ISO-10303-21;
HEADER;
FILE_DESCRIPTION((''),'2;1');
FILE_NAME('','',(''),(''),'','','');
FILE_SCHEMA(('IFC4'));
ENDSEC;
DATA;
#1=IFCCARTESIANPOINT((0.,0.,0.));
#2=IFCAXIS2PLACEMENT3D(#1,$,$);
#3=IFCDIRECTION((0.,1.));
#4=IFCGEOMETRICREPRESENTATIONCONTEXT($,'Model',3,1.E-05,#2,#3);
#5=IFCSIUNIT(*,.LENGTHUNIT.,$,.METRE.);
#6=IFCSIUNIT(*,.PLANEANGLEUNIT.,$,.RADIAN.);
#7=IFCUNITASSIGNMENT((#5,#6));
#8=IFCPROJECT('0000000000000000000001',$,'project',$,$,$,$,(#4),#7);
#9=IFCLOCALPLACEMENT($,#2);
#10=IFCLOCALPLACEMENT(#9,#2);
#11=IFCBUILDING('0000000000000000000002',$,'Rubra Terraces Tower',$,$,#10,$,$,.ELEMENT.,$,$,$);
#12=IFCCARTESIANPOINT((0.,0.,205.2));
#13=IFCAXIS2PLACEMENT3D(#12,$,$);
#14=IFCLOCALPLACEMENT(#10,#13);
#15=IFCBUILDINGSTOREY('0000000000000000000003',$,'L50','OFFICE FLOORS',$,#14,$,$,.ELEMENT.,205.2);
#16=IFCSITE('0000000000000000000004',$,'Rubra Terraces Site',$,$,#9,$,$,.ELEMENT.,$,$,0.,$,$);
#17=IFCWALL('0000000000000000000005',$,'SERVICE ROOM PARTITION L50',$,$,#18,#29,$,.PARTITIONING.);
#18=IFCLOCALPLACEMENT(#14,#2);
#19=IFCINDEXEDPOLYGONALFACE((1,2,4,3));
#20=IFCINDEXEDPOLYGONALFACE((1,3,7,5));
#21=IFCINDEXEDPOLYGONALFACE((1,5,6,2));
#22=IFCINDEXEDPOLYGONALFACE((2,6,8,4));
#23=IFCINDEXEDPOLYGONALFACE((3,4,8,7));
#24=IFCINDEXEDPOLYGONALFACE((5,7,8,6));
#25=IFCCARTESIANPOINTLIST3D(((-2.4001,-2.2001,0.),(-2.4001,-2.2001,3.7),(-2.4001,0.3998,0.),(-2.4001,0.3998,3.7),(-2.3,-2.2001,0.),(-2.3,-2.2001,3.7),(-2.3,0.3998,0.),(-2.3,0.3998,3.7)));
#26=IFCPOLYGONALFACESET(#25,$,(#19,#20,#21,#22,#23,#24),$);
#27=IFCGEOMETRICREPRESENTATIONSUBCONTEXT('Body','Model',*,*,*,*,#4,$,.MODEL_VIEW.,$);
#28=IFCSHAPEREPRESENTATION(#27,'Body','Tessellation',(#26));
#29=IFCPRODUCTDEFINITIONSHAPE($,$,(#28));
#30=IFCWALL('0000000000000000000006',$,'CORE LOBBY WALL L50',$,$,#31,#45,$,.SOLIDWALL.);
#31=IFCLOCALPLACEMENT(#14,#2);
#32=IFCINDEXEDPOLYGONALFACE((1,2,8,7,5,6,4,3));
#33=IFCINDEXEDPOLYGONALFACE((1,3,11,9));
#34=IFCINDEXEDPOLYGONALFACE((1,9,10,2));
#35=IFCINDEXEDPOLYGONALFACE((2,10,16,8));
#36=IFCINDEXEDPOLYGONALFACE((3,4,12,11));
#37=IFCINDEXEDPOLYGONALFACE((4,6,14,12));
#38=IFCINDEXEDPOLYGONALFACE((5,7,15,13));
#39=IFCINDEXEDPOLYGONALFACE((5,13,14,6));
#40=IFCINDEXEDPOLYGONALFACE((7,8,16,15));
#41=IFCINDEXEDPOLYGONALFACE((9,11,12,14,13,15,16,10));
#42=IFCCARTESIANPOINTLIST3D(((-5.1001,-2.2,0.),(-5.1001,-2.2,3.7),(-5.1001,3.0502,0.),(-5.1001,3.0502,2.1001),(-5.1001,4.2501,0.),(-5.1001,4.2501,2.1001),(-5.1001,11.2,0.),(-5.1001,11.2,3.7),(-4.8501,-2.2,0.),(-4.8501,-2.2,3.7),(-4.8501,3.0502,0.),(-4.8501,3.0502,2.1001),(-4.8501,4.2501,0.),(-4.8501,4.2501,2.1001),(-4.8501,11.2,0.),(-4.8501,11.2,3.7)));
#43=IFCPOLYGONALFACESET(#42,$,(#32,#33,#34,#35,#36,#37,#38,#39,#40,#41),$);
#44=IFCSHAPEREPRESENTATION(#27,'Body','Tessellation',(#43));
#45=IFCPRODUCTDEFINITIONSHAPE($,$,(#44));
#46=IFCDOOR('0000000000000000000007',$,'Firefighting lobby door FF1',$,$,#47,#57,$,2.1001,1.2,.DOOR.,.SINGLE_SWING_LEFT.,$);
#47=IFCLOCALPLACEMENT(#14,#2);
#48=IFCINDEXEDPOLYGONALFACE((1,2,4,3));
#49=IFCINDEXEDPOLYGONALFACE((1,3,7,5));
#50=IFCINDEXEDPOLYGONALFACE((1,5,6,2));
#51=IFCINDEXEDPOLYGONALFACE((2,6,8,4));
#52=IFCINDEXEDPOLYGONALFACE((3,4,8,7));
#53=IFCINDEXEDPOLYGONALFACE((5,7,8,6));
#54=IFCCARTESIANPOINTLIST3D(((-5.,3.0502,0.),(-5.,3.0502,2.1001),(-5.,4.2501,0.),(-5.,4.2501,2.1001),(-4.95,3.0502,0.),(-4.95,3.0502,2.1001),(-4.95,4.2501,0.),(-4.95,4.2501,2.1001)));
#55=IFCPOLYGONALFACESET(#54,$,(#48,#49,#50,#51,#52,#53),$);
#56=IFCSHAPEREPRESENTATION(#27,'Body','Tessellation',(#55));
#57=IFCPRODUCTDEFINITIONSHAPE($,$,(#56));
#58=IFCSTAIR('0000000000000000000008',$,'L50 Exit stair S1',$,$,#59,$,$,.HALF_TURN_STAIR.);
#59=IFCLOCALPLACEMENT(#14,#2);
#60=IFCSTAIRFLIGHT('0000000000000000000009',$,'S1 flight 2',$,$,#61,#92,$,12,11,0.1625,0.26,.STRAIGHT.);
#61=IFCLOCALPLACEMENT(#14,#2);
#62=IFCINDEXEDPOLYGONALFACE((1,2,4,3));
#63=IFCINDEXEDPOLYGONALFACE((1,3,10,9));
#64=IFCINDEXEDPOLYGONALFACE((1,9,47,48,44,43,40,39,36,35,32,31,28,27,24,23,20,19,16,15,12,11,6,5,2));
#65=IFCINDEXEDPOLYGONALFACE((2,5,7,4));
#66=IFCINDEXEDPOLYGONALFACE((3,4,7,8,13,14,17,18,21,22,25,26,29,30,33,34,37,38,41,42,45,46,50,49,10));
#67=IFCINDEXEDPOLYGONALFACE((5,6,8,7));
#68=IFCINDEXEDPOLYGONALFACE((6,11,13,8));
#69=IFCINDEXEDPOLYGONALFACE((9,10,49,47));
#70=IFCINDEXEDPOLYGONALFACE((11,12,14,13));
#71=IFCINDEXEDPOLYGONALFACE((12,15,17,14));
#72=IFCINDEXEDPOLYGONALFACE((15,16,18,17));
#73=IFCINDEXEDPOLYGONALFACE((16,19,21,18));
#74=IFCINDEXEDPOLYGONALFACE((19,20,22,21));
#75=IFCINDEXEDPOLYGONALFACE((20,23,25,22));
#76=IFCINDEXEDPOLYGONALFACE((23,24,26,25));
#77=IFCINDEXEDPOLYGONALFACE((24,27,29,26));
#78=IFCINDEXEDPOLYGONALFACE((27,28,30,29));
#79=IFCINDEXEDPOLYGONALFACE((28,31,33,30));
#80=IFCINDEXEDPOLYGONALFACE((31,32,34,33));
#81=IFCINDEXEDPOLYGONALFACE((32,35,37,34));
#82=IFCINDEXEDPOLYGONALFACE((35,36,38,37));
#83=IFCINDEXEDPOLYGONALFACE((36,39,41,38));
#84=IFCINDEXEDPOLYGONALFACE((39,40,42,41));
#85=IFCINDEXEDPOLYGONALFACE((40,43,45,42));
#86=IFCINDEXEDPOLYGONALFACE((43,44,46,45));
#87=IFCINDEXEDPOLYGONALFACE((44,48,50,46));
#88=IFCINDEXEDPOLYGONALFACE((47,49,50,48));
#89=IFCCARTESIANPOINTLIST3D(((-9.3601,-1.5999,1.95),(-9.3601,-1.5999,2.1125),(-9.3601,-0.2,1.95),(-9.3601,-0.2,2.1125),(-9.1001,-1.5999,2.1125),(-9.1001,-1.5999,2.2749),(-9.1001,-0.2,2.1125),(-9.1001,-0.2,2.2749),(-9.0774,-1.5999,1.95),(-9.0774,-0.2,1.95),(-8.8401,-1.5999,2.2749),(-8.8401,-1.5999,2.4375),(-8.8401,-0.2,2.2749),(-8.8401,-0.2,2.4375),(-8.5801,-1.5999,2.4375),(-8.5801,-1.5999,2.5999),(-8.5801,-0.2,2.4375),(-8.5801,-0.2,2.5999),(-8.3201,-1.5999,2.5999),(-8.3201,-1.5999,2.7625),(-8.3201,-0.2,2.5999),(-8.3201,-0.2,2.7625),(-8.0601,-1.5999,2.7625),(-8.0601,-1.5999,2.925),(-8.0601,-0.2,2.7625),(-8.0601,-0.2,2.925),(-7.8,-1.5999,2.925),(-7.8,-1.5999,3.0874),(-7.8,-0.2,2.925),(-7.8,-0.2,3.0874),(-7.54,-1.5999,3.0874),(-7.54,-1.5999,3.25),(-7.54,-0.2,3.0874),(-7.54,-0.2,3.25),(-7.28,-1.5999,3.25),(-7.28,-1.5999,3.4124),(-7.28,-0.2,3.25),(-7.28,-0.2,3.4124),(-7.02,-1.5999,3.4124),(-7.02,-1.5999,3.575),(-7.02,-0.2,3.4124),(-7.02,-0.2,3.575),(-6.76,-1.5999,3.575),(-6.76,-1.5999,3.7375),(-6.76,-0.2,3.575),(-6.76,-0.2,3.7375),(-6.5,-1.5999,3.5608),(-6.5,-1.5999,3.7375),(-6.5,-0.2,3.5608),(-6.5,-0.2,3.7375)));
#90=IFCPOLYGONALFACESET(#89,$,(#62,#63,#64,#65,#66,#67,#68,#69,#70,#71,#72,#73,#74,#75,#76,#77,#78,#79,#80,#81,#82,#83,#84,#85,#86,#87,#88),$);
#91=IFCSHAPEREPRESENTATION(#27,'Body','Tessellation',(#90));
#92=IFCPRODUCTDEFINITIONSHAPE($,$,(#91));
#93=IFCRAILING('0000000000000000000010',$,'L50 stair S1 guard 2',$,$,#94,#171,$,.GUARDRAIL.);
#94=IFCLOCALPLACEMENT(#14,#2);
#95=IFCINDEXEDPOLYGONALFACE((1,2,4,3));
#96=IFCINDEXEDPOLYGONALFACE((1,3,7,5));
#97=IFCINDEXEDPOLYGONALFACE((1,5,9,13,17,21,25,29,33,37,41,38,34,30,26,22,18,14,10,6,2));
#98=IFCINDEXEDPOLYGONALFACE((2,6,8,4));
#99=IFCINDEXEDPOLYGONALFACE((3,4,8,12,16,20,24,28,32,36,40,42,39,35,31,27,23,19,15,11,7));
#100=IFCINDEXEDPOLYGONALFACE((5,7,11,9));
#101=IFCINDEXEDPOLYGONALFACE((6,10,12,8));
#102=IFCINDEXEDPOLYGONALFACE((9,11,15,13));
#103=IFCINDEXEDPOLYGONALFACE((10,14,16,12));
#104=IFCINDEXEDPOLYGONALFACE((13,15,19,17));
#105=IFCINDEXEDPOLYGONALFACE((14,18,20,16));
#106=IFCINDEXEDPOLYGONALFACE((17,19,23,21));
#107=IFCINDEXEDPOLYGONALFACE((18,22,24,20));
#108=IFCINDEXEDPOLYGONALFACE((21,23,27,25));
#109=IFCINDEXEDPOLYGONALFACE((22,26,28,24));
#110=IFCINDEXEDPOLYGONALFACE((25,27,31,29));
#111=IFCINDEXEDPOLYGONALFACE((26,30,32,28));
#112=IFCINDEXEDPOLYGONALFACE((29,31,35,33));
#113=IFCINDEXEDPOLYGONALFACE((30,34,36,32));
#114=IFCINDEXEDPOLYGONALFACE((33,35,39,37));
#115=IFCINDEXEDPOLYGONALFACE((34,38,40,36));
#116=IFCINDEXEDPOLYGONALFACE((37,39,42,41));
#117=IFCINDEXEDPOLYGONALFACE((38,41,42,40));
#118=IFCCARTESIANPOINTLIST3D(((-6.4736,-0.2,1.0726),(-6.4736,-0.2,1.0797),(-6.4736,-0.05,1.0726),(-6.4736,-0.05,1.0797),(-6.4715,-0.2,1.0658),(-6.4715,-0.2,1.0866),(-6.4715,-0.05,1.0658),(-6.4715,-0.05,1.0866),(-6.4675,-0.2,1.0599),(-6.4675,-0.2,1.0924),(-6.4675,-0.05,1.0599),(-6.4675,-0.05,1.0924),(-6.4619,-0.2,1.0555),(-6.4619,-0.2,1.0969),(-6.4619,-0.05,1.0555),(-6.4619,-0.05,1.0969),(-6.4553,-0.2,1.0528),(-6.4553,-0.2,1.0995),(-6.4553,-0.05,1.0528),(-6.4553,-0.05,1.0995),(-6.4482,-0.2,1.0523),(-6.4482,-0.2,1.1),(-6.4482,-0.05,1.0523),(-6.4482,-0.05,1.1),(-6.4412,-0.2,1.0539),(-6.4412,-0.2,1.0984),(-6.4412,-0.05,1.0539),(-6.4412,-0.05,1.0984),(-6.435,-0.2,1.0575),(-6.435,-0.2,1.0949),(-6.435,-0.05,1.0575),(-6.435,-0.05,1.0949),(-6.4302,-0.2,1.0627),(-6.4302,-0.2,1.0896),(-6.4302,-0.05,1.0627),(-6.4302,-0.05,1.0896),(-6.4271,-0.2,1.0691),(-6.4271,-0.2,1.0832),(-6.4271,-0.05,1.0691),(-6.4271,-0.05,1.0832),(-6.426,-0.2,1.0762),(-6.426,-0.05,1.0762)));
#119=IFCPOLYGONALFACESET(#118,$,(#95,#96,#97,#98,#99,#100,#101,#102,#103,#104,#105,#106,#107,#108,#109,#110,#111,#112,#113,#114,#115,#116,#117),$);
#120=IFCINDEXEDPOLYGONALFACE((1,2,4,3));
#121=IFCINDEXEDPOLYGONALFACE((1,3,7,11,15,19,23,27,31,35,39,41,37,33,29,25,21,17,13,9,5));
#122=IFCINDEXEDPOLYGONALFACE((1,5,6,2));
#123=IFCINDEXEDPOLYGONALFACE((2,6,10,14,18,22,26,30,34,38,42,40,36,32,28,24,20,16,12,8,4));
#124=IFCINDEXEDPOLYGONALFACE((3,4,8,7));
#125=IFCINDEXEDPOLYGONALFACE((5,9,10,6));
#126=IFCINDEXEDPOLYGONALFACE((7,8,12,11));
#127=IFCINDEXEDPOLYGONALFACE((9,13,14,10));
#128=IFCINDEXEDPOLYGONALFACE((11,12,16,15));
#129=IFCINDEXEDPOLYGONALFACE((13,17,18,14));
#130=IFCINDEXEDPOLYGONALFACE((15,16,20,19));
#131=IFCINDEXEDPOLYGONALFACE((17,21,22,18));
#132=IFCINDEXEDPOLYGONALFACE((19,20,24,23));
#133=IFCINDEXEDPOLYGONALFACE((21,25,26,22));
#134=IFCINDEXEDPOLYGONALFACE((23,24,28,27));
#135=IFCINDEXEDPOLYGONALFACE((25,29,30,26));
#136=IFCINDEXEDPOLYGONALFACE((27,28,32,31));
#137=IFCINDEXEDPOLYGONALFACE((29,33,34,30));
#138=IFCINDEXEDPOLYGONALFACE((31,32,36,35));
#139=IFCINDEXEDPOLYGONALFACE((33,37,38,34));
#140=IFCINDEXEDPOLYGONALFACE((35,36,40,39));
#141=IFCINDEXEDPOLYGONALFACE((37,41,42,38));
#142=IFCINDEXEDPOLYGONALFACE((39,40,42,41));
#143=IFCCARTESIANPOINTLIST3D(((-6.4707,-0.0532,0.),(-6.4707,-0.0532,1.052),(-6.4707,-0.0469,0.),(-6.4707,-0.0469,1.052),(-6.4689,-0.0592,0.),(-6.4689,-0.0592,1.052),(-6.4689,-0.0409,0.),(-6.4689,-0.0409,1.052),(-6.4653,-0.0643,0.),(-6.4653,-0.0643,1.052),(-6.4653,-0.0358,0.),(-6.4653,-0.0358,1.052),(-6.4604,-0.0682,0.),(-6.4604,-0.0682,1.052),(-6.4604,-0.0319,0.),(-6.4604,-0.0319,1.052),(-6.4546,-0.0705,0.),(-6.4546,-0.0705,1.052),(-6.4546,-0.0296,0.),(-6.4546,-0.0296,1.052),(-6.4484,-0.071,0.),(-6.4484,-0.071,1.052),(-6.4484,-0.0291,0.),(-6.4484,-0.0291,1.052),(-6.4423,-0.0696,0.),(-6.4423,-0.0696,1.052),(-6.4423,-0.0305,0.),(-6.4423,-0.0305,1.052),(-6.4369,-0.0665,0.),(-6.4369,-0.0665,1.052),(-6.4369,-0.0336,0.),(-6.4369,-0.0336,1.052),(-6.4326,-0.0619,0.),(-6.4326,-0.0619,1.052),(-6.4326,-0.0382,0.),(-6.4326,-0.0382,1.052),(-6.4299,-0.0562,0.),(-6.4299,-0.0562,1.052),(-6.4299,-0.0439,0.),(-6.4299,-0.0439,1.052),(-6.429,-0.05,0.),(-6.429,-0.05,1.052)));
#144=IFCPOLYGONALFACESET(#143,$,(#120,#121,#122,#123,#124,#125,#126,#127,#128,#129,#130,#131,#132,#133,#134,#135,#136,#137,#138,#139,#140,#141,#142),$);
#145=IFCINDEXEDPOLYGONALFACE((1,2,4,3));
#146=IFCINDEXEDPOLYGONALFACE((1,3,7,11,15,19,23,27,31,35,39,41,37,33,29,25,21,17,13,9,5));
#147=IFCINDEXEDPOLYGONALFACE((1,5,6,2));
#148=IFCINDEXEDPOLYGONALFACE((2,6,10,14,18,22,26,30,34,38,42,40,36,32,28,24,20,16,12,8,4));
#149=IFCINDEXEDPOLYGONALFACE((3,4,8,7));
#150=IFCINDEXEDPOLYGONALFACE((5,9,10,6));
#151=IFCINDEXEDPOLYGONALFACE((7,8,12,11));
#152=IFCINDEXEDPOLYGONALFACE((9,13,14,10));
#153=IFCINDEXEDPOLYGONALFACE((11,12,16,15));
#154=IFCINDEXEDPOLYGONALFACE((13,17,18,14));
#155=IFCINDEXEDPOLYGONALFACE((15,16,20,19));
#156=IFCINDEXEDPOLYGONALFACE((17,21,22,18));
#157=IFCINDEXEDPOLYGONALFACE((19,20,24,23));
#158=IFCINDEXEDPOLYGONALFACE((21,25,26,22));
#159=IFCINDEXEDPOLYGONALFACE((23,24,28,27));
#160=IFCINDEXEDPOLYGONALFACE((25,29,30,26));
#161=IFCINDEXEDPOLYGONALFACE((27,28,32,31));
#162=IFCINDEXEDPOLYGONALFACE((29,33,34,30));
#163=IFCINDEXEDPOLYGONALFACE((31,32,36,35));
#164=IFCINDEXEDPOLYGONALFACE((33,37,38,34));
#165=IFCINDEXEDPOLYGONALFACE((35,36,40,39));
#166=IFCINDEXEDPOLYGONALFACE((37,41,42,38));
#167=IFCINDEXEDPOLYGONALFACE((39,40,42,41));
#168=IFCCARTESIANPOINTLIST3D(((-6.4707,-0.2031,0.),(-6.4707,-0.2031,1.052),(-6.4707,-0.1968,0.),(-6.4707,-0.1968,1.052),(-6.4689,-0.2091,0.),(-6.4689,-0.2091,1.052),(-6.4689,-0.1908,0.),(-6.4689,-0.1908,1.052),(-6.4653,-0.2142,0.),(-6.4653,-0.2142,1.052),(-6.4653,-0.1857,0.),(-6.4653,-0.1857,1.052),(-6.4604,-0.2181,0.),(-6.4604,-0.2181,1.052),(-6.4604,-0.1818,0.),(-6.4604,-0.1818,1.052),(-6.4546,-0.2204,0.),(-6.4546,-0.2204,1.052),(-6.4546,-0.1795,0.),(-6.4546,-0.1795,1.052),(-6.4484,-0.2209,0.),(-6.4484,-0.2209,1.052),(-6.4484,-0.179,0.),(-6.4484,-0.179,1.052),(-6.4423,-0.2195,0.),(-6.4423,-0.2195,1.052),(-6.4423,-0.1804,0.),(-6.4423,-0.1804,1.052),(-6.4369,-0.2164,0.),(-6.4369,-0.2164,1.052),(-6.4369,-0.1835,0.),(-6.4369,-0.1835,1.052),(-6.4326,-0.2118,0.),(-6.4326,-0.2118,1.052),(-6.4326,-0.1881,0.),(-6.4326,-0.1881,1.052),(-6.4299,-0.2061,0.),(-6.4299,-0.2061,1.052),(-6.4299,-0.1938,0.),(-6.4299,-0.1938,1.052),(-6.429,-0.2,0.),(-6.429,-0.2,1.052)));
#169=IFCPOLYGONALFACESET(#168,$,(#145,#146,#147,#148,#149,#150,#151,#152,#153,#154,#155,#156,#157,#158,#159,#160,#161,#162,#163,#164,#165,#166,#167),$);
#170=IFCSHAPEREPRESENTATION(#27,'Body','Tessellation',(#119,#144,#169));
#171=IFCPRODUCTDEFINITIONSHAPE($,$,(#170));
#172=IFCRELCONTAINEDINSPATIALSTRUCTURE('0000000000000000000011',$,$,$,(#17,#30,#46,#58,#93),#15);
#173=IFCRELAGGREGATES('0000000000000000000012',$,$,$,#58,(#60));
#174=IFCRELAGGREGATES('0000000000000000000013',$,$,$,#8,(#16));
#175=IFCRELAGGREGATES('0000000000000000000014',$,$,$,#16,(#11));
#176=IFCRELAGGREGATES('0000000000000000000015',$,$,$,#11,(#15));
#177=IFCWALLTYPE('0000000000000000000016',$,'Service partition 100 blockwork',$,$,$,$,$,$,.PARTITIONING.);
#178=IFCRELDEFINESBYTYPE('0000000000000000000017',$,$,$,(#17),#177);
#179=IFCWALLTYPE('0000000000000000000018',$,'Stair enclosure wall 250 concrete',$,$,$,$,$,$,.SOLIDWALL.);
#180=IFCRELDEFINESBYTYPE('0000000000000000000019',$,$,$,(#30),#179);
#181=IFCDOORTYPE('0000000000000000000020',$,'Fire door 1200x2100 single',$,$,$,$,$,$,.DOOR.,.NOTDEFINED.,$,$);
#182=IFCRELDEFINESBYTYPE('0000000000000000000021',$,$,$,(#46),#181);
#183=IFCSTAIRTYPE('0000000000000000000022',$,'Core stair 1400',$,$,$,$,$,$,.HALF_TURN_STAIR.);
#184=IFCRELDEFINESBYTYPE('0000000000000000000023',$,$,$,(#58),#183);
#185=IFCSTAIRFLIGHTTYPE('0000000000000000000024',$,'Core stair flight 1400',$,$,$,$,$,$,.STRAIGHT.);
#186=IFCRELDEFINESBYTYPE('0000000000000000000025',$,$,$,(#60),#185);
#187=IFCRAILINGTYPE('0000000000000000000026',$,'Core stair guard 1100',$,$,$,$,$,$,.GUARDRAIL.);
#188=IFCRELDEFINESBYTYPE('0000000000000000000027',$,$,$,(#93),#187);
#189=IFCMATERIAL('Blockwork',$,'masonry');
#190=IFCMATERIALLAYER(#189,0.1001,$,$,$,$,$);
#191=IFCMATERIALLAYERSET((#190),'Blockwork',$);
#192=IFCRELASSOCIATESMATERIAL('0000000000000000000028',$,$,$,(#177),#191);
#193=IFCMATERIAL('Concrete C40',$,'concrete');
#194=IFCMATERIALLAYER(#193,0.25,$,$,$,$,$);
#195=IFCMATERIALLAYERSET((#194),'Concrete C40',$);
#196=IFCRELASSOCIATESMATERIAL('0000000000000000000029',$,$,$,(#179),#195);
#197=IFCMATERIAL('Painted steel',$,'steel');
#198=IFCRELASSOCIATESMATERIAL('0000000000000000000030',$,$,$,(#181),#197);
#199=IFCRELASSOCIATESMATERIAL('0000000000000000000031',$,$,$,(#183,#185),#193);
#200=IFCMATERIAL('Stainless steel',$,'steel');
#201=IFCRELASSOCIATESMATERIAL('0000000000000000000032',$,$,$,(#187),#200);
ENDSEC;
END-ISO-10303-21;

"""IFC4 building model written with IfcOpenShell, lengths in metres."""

from ifc_helpers import new_model, si_unit, direction, frame, frame_2d, origin, origin_2d, place, context, subcontext, project, spatial, polyline, rectangle, circle, outline, extrude, material, layer, layer_set, type_object, element, fill, aggregate, save


model = new_model("IFC4")

# Units and contexts
model_context = context("Model", 3, precision=1e-05, world=origin(), true_north=direction((0.0, 1.0)))
body_context = subcontext(model_context, "Body", "Model", "MODEL_VIEW")
ifc_project = project(units=[si_unit("LENGTHUNIT", "METRE"), si_unit("PLANEANGLEUNIT", "RADIAN")], contexts=[model_context])

# Site, building, storey
site_placement = place(None, origin())
site = spatial("IfcSite", under=ifc_project, at=site_placement, Name="Rubra Terraces Site", CompositionType="ELEMENT", RefElevation=0.0)
building_placement = place(site_placement, origin())
building = spatial("IfcBuilding", under=site, at=building_placement, Name="Rubra Terraces Tower", CompositionType="ELEMENT")
storey_placement = place(building_placement, frame((0.0, 0.0, 205.2)))
storey = spatial("IfcBuildingStorey", under=building, at=storey_placement, Name="L50", Description="OFFICE FLOORS", CompositionType="ELEMENT", Elevation=205.2)

# Shared definitions
ifc_material_1 = material(Name="Concrete C40", Category="concrete")

# Shared definitions
ifc_material_2 = material(Name="Painted steel", Category="steel")

# Wall
ifc_material_3 = material(Name="Blockwork", Category="masonry")
ifc_layer_1 = layer(ifc_material_3, 0.1001)
ifc_layer_set_1 = layer_set([ifc_layer_1], Name="Blockwork")
wall_type_1 = type_object("IfcWallType", Name="Service partition 100 blockwork", PredefinedType="PARTITIONING", material=ifc_layer_set_1)
wall_1_placement = place(storey_placement, frame((-2.3501, -2.2, 0.0), z_axis=(0.0, 0.0, 1.0), x_axis=(0.0, 1.0, 0.0)))
element("IfcWall", 1, at=wall_1_placement, inside=storey, type_object=wall_type_1, Name="SERVICE ROOM PARTITION L50", PredefinedType="PARTITIONING", context=body_context, shape_type="SweptSolid", body=[
    extrude(rectangle(XDim=2.5999, YDim=0.1001, at=frame_2d((1.2998, 0.0))), origin(), (0.0, 0.0, 1.0), 3.7),
])

# Wall, opening, door
ifc_layer_2 = layer(ifc_material_1, 0.25)
ifc_layer_set_2 = layer_set([ifc_layer_2], Name="Concrete C40")
wall_type_2 = type_object("IfcWallType", Name="Stair enclosure wall 250 concrete", PredefinedType="SOLIDWALL", material=ifc_layer_set_2)
wall_2_placement = place(storey_placement, frame((-4.9751, -2.2, 0.0), z_axis=(0.0, 0.0, 1.0), x_axis=(0.0, 1.0, 0.0)))
wall_2 = element("IfcWall", 2, at=wall_2_placement, inside=storey, type_object=wall_type_2, Name="CORE LOBBY WALL L50", PredefinedType="SOLIDWALL", context=body_context, shape_type="SweptSolid", body=[
    extrude(rectangle(XDim=13.3999, YDim=0.25, at=frame_2d((6.7, 0.0))), origin(), (0.0, 0.0, 1.0), 3.7),
])
opening_1_placement = place(wall_2_placement, frame((5.25, 0.0, 0.0)))
opening_1 = element("IfcOpeningElement", 3, at=opening_1_placement, cuts=wall_2, PredefinedType="OPENING", context=body_context, shape_type="SweptSolid", body=[
    extrude(rectangle(XDim=1.2, YDim=2.1001, at=frame_2d((0.6001, 1.05))), frame((0.0, 0.135, 0.0), z_axis=(0.0, -1.0, 0.0), x_axis=(1.0, 0.0, 0.0)), (0.0, 0.0, 1.0), 0.27),
])
door_type_1 = type_object("IfcDoorType", Name="Fire door 1200x2100 single", OperationType="NOTDEFINED", PredefinedType="DOOR", material=ifc_material_2)
door_1_placement = place(opening_1_placement, origin())
door_1 = element("IfcDoor", 4, at=door_1_placement, inside=storey, type_object=door_type_1, Name="Firefighting lobby door FF1", OperationType="SINGLE_SWING_LEFT", OverallHeight=2.1001, OverallWidth=1.2, PredefinedType="DOOR", context=body_context, shape_type="SweptSolid", body=[
    extrude(rectangle(XDim=1.2, YDim=2.1001, at=frame_2d((0.6001, 1.05))), frame((0.0, 0.0249, 0.0), z_axis=(0.0, -1.0, 0.0), x_axis=(1.0, 0.0, 0.0)), (0.0, 0.0, 1.0), 0.05),
])
fill(opening_1, door_1)

# Stair, stair flight
stair_type = type_object("IfcStairType", Name="Core stair 1400", PredefinedType="HALF_TURN_STAIR", material=ifc_material_1)
stair_placement = place(storey_placement, origin())
stair = element("IfcStair", 5, at=stair_placement, inside=storey, type_object=stair_type, Name="L50 Exit stair S1", PredefinedType="HALF_TURN_STAIR")
stair_flight_type = type_object("IfcStairFlightType", Name="Core stair flight 1400", PredefinedType="STRAIGHT", material=ifc_material_1)
stair_flight_placement = place(storey_placement, frame((-9.3601, -0.8999, 1.95), z_axis=(0.0, 0.0, 1.0), x_axis=(1.0, 0.0, 0.0)))
stair_flight = element("IfcStairFlight", 6, at=stair_flight_placement, type_object=stair_flight_type, Name="S1 flight 2", NumberOfRisers=12, NumberOfTreads=11, PredefinedType="STRAIGHT", RiserHeight=0.1625, TreadLength=0.26, context=body_context, shape_type="SweptSolid", body=[
    extrude(outline(polyline([(0.0, 0.0), (0.0, 0.1626), (0.26, 0.1626), (0.26, 0.325), (0.52, 0.325), (0.52, 0.4875), (0.78, 0.4875), (0.78, 0.6499), (1.04, 0.6499), (1.04, 0.8125), (1.3, 0.8125), (1.3, 0.9751), (1.5601, 0.9751), (1.5601, 1.1375), (1.8201, 1.1375), (1.8201, 1.3), (2.0801, 1.3), (2.0801, 1.4624), (2.3401, 1.4624), (2.3401, 1.625), (2.6001, 1.625), (2.6001, 1.7876), (2.8601, 1.7876), (2.8601, 1.95), (2.8601, 1.6108), (0.2827, 0.0), (0.0, 0.0)])), frame((0.0, 0.7, 0.0), z_axis=(0.0, -1.0, 0.0), x_axis=(1.0, 0.0, 0.0)), (0.0, 0.0, 1.0), 1.3999),
])
aggregate(stair, [stair_flight])

# Railing
ifc_material_4 = material(Name="Stainless steel", Category="steel")
railing_type = type_object("IfcRailingType", Name="Core stair guard 1100", PredefinedType="GUARDRAIL", material=ifc_material_4)
railing_1_placement = place(storey_placement, frame((-6.45, -0.05, 0.0)))
element("IfcRailing", 7, at=railing_1_placement, inside=storey, type_object=railing_type, Name="L50 stair S1 guard 2", PredefinedType="GUARDRAIL", context=body_context, shape_type="SweptSolid", body=[
    extrude(circle(Radius=0.0239, at=origin_2d()), frame((0.0, 0.0, 1.0762), z_axis=(0.0, -1.0, 0.0), x_axis=(1.0, 0.0, 0.0)), (0.0, 0.0, 1.0), 0.1499),
    extrude(circle(Radius=0.021, at=origin_2d()), origin(), (0.0, 0.0, 1.0), 1.052),
    extrude(circle(Radius=0.021, at=origin_2d()), frame((0.0, -0.1499, 0.0)), (0.0, 0.0, 1.0), 1.052),
])

save(model, "model.ifc")
